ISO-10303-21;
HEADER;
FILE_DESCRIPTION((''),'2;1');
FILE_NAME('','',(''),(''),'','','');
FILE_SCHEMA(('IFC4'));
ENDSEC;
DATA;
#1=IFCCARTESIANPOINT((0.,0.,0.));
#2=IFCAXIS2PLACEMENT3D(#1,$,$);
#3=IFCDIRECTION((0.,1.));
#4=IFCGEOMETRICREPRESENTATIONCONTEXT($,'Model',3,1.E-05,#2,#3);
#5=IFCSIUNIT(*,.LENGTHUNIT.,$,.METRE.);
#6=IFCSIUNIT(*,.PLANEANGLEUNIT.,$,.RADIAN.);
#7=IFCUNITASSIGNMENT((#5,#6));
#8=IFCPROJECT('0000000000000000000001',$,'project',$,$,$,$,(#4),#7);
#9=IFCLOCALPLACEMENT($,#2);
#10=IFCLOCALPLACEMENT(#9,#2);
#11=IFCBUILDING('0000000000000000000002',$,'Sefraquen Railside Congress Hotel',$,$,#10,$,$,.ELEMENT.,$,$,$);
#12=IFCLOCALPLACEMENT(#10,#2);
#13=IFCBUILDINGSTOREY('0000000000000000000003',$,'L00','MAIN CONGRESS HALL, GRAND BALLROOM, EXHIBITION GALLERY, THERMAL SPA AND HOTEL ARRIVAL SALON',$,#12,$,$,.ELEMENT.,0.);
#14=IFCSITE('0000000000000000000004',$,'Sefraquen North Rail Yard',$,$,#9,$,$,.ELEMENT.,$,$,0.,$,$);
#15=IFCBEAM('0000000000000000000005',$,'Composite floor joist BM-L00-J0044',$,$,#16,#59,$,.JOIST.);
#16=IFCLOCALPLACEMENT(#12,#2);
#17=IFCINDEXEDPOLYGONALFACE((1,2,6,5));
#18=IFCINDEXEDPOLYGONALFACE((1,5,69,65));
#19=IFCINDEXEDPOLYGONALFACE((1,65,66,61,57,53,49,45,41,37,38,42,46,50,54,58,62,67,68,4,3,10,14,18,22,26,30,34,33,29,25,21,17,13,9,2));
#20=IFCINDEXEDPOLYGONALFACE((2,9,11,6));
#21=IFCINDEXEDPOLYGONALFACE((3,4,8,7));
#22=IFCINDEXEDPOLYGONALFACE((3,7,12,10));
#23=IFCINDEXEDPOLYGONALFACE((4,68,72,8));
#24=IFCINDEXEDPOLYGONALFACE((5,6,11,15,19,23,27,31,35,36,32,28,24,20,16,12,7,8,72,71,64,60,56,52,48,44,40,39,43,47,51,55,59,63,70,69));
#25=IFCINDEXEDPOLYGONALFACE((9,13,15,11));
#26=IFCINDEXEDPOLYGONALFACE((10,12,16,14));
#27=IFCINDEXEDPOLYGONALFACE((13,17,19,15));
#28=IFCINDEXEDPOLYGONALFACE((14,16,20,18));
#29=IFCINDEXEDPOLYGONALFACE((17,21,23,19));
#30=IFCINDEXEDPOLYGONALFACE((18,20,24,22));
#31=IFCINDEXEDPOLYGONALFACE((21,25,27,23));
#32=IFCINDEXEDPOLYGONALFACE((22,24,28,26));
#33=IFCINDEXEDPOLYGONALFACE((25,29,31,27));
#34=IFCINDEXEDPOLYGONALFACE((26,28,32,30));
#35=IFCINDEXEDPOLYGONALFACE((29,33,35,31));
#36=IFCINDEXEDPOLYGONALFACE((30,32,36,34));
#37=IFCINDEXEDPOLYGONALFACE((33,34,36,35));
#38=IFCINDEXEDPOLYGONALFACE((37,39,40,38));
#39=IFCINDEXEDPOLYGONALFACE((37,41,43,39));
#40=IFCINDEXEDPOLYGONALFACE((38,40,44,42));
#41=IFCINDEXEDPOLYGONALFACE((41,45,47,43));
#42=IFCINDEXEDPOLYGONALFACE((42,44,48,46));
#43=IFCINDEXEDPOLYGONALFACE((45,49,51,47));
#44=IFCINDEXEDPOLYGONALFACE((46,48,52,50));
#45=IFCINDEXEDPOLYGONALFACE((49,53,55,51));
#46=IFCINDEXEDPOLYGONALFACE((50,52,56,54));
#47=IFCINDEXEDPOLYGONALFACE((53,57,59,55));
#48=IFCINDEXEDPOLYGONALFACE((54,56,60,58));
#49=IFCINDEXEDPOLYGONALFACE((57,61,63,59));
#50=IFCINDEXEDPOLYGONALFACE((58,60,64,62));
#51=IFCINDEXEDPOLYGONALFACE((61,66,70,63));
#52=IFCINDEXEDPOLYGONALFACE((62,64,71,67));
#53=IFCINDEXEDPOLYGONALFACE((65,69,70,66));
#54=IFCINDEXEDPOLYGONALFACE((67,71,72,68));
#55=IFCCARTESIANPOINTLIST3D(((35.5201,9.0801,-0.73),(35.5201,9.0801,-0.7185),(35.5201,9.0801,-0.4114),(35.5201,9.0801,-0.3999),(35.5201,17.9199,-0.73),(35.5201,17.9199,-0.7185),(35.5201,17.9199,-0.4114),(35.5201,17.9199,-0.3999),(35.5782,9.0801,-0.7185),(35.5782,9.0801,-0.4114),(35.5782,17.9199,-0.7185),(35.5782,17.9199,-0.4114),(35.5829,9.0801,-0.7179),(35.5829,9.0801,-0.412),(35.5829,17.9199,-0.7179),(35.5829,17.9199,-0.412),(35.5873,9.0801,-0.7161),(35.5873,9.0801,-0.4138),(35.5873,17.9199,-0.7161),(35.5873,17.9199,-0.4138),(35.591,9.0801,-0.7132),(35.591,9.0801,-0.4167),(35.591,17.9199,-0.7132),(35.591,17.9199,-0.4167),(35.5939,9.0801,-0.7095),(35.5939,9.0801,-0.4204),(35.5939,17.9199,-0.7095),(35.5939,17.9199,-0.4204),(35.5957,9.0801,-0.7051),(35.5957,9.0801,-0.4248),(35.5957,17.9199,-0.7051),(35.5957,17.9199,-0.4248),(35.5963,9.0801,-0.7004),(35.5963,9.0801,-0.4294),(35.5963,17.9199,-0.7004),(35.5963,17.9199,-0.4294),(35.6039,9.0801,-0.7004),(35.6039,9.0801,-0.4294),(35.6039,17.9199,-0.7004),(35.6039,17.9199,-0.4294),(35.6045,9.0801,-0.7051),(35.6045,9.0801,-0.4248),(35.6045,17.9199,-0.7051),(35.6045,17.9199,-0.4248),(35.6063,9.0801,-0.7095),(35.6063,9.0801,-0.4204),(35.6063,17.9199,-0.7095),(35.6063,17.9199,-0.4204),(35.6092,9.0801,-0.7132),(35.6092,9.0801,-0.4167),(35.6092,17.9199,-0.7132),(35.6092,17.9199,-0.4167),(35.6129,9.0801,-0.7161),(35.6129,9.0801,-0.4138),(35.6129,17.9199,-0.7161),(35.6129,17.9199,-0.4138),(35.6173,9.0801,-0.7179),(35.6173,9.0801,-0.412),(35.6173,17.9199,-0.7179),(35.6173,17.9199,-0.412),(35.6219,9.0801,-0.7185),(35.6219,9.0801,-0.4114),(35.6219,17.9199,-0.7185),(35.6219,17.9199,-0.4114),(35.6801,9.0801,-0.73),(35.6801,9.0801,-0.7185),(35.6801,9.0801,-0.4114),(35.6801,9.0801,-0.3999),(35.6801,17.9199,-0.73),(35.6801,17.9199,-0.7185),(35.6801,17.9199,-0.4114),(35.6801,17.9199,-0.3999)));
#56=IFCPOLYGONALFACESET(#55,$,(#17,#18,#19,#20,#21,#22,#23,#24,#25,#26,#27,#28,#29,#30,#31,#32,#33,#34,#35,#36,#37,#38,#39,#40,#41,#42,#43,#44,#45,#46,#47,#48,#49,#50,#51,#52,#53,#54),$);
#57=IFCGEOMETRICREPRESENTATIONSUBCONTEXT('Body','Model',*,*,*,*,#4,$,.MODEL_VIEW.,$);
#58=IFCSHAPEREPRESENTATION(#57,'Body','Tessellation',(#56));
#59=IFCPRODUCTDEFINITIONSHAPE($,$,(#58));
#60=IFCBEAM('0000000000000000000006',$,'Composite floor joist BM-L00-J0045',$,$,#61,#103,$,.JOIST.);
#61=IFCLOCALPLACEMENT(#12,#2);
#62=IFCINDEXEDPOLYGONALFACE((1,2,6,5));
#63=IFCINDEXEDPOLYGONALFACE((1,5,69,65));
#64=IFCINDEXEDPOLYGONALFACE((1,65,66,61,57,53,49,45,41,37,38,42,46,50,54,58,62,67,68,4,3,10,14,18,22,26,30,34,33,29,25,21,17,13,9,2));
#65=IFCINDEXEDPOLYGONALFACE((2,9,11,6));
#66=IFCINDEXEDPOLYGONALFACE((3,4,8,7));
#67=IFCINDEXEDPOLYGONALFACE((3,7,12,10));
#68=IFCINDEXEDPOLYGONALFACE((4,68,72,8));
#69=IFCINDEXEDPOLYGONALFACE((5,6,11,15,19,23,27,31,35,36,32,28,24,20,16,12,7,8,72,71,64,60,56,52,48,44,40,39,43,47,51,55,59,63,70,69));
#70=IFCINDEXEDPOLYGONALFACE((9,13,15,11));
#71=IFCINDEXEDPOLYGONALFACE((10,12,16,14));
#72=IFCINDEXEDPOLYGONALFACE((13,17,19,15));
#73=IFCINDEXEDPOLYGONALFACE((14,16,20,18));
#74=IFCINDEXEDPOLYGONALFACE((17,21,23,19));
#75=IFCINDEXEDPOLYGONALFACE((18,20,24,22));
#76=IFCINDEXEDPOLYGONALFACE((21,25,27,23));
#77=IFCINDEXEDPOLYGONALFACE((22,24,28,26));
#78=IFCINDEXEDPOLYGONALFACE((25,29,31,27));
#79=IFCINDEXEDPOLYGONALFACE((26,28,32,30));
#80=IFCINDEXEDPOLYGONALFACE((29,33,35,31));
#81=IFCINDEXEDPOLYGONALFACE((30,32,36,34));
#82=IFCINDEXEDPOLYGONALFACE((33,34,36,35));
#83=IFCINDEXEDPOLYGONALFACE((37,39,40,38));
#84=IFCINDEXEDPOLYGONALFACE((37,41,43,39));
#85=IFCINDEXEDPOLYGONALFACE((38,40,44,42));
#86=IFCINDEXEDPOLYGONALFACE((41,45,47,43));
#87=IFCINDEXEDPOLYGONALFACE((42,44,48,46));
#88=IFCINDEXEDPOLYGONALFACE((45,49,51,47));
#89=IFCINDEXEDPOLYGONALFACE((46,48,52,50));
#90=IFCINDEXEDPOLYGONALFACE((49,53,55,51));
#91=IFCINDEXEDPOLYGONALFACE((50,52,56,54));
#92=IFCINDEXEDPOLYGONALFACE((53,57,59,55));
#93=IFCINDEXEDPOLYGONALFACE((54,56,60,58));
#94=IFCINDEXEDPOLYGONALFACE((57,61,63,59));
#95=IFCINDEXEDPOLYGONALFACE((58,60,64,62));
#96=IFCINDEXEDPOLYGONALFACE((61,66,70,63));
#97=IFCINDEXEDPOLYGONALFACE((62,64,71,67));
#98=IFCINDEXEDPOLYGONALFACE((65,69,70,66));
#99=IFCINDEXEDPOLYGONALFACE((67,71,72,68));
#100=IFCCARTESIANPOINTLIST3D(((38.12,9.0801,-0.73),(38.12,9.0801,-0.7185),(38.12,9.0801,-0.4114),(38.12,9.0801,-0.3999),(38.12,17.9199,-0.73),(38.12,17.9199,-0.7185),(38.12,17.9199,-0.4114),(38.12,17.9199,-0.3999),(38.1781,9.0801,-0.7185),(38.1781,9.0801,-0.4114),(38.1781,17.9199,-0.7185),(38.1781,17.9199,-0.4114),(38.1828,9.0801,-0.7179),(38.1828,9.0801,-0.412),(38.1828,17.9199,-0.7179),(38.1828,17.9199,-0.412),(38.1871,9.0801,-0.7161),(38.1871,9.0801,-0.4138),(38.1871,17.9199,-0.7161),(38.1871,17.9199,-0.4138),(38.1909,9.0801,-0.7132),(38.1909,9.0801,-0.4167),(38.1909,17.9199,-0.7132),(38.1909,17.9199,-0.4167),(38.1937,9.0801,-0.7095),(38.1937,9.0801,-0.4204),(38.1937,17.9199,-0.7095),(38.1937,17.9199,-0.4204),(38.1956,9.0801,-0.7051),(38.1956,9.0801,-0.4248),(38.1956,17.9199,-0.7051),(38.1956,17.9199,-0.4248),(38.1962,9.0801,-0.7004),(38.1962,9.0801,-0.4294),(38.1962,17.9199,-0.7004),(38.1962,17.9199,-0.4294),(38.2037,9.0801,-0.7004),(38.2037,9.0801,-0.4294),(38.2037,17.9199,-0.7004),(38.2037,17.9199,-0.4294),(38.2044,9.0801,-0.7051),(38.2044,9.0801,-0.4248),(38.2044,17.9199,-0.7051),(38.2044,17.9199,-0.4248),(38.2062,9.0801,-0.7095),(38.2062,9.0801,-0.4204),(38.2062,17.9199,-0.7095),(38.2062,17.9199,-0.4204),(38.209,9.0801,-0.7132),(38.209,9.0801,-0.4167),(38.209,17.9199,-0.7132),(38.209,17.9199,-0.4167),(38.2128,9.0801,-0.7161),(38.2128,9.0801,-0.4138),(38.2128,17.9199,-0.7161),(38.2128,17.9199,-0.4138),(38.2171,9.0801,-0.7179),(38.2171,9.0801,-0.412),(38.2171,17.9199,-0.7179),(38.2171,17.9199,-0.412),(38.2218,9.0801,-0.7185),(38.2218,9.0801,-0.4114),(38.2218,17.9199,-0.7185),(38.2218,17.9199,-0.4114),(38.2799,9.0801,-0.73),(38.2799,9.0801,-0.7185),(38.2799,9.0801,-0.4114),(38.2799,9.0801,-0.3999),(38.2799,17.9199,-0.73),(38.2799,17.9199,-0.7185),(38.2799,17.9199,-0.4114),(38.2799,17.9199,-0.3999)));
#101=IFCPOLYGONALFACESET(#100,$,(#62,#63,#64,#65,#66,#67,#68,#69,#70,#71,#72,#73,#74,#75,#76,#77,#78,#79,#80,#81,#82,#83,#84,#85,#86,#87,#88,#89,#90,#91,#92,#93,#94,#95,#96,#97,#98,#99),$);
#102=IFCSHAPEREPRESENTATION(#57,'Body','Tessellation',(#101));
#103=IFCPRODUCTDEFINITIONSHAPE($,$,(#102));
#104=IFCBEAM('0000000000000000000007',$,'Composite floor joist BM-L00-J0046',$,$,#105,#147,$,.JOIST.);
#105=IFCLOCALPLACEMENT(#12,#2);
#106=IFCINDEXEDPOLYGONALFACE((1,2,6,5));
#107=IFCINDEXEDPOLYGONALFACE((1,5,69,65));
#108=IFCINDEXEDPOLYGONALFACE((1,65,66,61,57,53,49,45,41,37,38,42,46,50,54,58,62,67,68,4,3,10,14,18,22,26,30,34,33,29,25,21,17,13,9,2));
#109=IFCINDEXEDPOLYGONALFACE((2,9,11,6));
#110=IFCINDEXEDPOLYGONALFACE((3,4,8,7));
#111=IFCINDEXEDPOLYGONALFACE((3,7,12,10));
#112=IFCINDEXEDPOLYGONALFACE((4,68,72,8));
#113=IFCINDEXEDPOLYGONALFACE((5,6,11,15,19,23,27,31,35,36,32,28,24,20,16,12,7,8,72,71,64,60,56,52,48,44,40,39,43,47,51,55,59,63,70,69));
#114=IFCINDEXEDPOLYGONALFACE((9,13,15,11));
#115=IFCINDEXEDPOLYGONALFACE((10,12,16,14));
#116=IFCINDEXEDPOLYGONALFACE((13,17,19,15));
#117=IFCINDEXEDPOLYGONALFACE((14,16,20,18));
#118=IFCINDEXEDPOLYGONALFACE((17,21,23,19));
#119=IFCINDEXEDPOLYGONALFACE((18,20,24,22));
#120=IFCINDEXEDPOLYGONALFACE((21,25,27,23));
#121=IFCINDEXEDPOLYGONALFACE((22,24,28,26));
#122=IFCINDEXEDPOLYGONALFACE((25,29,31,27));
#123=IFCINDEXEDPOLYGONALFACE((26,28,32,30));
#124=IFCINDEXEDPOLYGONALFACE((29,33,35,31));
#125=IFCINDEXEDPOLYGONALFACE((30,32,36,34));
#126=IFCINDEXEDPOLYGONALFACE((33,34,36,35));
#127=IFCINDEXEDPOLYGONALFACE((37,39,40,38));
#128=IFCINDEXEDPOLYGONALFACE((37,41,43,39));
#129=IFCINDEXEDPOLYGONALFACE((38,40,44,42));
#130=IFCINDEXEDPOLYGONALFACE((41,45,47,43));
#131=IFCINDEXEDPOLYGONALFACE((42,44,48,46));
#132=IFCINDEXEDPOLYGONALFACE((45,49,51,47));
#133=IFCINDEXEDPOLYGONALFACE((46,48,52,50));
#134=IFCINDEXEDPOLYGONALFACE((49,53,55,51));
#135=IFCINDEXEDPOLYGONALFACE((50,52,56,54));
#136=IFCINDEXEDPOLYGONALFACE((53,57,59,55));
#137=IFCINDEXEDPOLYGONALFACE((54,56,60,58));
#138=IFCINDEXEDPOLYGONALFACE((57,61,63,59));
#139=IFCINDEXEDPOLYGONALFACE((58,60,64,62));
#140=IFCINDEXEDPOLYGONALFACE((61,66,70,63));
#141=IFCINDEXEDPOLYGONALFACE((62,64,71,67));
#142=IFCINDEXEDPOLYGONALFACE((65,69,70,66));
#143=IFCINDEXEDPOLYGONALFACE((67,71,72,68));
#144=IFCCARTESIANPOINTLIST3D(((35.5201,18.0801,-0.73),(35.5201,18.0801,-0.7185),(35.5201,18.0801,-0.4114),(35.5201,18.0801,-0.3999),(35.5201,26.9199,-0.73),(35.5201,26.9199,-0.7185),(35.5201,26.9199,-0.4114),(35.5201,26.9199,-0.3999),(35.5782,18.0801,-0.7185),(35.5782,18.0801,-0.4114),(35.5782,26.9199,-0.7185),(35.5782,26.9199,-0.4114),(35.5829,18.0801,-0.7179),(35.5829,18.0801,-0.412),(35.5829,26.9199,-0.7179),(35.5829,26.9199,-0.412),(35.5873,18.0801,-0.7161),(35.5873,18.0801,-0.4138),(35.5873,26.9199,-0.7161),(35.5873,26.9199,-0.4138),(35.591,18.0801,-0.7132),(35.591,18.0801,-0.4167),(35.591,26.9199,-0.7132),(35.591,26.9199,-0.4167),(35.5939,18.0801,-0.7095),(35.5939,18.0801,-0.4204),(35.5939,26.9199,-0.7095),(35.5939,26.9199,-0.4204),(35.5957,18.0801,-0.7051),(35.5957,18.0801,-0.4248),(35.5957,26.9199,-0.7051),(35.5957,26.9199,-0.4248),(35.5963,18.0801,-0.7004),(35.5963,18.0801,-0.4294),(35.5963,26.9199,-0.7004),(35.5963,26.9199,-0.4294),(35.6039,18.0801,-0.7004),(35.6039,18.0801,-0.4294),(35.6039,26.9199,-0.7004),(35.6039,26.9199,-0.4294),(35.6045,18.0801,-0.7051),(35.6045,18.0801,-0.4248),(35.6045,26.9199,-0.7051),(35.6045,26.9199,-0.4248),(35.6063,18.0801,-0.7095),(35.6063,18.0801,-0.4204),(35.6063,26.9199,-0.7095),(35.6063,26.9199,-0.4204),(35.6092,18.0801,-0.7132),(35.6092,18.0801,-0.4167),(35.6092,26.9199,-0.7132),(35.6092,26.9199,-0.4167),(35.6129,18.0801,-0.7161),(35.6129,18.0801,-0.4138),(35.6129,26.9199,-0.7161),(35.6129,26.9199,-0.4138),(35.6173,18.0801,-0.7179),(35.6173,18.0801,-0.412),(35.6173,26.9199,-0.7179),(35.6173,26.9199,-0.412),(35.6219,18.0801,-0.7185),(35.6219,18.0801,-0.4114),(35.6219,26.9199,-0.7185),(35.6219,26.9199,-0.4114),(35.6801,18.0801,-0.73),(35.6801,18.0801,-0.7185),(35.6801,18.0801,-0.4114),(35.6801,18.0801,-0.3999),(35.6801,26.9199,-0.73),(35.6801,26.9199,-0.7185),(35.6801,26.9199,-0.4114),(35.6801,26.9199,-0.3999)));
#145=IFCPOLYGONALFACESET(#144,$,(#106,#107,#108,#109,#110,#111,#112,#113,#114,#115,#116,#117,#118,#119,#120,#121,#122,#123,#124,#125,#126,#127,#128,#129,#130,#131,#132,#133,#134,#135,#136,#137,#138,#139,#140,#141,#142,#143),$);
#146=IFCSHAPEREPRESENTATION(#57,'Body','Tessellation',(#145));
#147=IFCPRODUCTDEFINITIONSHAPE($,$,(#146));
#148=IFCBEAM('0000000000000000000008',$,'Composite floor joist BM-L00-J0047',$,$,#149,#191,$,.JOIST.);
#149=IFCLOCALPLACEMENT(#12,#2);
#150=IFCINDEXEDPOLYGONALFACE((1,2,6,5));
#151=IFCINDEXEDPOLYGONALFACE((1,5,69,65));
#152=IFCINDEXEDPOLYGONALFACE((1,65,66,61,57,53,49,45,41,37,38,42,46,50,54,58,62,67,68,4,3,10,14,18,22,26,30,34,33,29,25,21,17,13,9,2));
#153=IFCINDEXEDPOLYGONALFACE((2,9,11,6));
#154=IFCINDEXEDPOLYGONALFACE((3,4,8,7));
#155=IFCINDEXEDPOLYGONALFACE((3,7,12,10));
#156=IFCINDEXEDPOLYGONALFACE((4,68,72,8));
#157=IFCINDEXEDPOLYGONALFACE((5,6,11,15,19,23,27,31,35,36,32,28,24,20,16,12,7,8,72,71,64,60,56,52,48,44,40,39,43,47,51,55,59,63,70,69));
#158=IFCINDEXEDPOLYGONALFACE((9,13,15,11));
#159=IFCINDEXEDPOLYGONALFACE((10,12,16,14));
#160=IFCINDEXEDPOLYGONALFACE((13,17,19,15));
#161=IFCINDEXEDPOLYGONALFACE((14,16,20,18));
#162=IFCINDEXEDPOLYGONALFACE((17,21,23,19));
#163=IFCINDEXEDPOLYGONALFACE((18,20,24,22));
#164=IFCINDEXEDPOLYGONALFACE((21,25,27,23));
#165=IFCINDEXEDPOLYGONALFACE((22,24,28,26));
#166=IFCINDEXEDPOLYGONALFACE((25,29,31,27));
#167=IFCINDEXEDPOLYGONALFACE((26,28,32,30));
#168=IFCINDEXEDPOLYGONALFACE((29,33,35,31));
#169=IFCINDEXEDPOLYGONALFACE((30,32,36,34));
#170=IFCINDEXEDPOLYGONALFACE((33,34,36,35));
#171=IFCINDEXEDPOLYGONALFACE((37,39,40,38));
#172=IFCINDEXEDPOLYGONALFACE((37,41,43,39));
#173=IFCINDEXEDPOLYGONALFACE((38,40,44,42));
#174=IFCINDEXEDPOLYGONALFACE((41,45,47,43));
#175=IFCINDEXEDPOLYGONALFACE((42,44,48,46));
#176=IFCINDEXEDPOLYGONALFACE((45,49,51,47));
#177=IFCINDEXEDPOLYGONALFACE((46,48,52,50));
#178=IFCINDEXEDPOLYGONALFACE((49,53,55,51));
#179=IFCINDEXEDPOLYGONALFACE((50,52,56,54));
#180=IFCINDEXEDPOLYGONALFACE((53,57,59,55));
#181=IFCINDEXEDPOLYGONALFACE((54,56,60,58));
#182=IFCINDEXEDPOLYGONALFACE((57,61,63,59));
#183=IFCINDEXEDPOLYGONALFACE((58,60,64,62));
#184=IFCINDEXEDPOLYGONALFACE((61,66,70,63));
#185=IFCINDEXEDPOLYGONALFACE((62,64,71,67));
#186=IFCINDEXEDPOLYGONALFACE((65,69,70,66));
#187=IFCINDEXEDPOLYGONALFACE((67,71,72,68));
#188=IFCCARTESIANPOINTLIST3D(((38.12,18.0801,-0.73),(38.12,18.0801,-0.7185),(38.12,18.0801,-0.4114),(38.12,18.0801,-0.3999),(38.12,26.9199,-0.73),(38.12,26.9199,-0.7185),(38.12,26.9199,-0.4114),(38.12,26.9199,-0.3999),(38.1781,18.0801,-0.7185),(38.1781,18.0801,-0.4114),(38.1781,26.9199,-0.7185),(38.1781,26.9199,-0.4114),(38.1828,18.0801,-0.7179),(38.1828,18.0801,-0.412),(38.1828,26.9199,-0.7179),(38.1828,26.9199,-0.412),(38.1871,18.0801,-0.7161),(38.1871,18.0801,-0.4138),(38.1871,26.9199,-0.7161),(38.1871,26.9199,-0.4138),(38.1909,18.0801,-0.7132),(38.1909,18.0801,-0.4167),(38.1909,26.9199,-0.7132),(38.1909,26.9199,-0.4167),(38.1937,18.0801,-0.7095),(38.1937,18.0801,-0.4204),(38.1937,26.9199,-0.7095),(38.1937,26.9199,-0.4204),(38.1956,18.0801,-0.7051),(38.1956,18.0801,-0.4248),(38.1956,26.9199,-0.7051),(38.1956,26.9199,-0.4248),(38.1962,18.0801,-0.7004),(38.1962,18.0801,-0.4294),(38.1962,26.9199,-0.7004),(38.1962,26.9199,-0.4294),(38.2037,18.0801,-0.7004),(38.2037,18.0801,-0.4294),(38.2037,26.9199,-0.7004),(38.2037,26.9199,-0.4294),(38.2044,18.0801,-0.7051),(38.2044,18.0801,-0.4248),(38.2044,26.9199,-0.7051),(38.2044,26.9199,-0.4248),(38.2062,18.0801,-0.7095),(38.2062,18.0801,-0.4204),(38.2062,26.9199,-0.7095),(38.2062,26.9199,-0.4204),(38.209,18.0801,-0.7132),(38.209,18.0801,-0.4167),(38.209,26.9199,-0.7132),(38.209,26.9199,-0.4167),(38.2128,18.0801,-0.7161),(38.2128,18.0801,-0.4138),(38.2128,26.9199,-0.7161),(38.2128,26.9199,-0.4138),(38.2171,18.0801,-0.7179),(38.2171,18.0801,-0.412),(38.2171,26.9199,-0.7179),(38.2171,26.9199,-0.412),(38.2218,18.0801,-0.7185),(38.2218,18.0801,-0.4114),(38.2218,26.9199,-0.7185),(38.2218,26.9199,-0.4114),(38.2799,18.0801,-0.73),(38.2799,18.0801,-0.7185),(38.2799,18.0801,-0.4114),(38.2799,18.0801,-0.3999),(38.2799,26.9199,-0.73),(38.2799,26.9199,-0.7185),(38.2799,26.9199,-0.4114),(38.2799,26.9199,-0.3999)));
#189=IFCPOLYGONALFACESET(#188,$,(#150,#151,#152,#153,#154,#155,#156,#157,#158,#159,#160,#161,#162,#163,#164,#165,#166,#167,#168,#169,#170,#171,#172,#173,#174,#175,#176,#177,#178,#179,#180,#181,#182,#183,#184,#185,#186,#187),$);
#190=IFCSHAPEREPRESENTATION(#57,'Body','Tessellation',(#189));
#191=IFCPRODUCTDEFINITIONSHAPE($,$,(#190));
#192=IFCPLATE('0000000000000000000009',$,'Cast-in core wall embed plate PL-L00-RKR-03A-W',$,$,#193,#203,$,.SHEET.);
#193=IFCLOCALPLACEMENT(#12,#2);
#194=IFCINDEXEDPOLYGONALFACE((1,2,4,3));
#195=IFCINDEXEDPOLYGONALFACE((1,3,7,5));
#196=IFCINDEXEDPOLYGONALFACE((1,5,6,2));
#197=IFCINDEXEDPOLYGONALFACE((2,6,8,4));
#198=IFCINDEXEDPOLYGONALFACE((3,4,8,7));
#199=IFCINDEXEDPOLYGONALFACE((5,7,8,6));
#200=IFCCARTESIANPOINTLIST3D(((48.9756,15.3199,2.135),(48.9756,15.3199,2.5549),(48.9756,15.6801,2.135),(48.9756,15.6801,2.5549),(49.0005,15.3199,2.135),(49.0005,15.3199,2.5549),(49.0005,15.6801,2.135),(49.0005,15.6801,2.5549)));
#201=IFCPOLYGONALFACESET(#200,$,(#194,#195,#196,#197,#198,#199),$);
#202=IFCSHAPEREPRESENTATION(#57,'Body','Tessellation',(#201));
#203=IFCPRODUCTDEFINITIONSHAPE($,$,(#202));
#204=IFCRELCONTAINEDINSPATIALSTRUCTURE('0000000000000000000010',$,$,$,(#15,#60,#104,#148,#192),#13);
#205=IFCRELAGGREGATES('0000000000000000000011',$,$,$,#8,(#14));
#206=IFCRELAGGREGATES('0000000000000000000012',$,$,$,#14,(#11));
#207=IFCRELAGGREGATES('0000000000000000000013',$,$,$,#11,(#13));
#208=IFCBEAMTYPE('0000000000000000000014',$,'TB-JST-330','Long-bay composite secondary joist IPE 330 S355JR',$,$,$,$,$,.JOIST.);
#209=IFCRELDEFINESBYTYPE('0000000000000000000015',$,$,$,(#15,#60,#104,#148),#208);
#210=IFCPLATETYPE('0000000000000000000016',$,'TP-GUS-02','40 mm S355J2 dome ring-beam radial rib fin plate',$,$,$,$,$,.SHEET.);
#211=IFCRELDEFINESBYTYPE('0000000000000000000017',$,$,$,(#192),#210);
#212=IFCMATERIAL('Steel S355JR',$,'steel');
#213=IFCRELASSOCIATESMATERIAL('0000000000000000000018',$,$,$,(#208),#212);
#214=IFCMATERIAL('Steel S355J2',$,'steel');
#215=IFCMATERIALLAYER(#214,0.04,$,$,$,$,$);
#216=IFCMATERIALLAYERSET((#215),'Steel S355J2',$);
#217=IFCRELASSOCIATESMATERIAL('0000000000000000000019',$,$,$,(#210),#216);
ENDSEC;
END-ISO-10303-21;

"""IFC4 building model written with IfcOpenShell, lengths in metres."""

from ifc_helpers import new_model, si_unit, direction, frame, origin, origin_2d, place, context, subcontext, project, spatial, rectangle, i_section, extrude, material, layer, layer_set, material_profile, profile_set, type_object, element, save


model = new_model("IFC4")

# Units and contexts
model_context = context("Model", 3, precision=1e-05, world=origin(), true_north=direction((0.0, 1.0)))
body_context = subcontext(model_context, "Body", "Model", "MODEL_VIEW")
ifc_project = project(units=[si_unit("LENGTHUNIT", "METRE"), si_unit("PLANEANGLEUNIT", "RADIAN")], contexts=[model_context])

# Site, building, storey
site_placement = place(None, origin())
site = spatial("IfcSite", under=ifc_project, at=site_placement, Name="Sefraquen North Rail Yard", CompositionType="ELEMENT", RefElevation=0.0)
building_placement = place(site_placement, origin())
building = spatial("IfcBuilding", under=site, at=building_placement, Name="Sefraquen Railside Congress Hotel", CompositionType="ELEMENT")
storey_placement = place(building_placement, origin())
storey = spatial("IfcBuildingStorey", under=building, at=storey_placement, Name="L00", Description="MAIN CONGRESS HALL, GRAND BALLROOM, EXHIBITION GALLERY, THERMAL SPA AND HOTEL ARRIVAL SALON", CompositionType="ELEMENT", Elevation=0.0)

# Shared definitions
ifc_material_1 = material(Name="Steel S355JR", Category="steel")

# Beams
ifc_material_profile_1 = material_profile(ifc_material_1, i_section(OverallWidth=0.1599, OverallDepth=0.3301, WebThickness=0.0076, FlangeThickness=0.0115, FilletRadius=0.0181, at=origin_2d()), Name="IPE 330")
ifc_profile_set_1 = profile_set([ifc_material_profile_1], Name="Steel S355JR")
beam_type_1 = type_object("IfcBeamType", Name="TB-JST-330", Description="Long-bay composite secondary joist IPE 330 S355JR", PredefinedType="JOIST", material=ifc_profile_set_1)
for number, where, z_axis, x_axis, name in (
    (1, (35.6001, 9.0801, -0.5649), (0.0, 1.0, 0.0), (-1.0, 0.0, 0.0), "Composite floor joist BM-L00-J0044"),
    (2, (38.2, 9.0801, -0.5649), (0.0, 1.0, 0.0), (-1.0, 0.0, 0.0), "Composite floor joist BM-L00-J0045"),
    (3, (35.6001, 18.0801, -0.5649), (0.0, 1.0, 0.0), (-1.0, 0.0, 0.0), "Composite floor joist BM-L00-J0046"),
    (4, (38.2, 18.0801, -0.5649), (0.0, 1.0, 0.0), (-1.0, 0.0, 0.0), "Composite floor joist BM-L00-J0047"),
):
    element("IfcBeam", number, at=place(storey_placement, frame(where, z_axis=z_axis, x_axis=x_axis)), inside=storey, type_object=beam_type_1, Name=name, PredefinedType="JOIST", context=body_context, shape_type="SweptSolid", body=[
        extrude(i_section(OverallWidth=0.1599, OverallDepth=0.3301, WebThickness=0.0076, FlangeThickness=0.0115, FilletRadius=0.0181, at=origin_2d()), origin(), (0.0, 0.0, 1.0), 8.8398),
    ])

# Plate
ifc_material_2 = material(Name="Steel S355J2", Category="steel")
ifc_layer_1 = layer(ifc_material_2, 0.04)
ifc_layer_set_1 = layer_set([ifc_layer_1], Name="Steel S355J2")
plate_type = type_object("IfcPlateType", Name="TP-GUS-02", Description="40 mm S355J2 dome ring-beam radial rib fin plate", PredefinedType="SHEET", material=ifc_layer_set_1)
for number, where, z_axis, x_axis, name in (
    (5, (48.988, 15.5, 2.135), (0.0, 0.0, 1.0), (1.0, 0.0, 0.0), "Cast-in core wall embed plate PL-L00-RKR-03A-W"),
):
    element("IfcPlate", number, at=place(storey_placement, frame(where, z_axis=z_axis, x_axis=x_axis)), inside=storey, type_object=plate_type, Name=name, PredefinedType="SHEET", context=body_context, shape_type="SweptSolid", body=[
        extrude(rectangle(XDim=0.0249, YDim=0.3601, at=origin_2d()), origin(), (0.0, 0.0, 1.0), 0.4199),
    ])

save(model, "model.ifc")
